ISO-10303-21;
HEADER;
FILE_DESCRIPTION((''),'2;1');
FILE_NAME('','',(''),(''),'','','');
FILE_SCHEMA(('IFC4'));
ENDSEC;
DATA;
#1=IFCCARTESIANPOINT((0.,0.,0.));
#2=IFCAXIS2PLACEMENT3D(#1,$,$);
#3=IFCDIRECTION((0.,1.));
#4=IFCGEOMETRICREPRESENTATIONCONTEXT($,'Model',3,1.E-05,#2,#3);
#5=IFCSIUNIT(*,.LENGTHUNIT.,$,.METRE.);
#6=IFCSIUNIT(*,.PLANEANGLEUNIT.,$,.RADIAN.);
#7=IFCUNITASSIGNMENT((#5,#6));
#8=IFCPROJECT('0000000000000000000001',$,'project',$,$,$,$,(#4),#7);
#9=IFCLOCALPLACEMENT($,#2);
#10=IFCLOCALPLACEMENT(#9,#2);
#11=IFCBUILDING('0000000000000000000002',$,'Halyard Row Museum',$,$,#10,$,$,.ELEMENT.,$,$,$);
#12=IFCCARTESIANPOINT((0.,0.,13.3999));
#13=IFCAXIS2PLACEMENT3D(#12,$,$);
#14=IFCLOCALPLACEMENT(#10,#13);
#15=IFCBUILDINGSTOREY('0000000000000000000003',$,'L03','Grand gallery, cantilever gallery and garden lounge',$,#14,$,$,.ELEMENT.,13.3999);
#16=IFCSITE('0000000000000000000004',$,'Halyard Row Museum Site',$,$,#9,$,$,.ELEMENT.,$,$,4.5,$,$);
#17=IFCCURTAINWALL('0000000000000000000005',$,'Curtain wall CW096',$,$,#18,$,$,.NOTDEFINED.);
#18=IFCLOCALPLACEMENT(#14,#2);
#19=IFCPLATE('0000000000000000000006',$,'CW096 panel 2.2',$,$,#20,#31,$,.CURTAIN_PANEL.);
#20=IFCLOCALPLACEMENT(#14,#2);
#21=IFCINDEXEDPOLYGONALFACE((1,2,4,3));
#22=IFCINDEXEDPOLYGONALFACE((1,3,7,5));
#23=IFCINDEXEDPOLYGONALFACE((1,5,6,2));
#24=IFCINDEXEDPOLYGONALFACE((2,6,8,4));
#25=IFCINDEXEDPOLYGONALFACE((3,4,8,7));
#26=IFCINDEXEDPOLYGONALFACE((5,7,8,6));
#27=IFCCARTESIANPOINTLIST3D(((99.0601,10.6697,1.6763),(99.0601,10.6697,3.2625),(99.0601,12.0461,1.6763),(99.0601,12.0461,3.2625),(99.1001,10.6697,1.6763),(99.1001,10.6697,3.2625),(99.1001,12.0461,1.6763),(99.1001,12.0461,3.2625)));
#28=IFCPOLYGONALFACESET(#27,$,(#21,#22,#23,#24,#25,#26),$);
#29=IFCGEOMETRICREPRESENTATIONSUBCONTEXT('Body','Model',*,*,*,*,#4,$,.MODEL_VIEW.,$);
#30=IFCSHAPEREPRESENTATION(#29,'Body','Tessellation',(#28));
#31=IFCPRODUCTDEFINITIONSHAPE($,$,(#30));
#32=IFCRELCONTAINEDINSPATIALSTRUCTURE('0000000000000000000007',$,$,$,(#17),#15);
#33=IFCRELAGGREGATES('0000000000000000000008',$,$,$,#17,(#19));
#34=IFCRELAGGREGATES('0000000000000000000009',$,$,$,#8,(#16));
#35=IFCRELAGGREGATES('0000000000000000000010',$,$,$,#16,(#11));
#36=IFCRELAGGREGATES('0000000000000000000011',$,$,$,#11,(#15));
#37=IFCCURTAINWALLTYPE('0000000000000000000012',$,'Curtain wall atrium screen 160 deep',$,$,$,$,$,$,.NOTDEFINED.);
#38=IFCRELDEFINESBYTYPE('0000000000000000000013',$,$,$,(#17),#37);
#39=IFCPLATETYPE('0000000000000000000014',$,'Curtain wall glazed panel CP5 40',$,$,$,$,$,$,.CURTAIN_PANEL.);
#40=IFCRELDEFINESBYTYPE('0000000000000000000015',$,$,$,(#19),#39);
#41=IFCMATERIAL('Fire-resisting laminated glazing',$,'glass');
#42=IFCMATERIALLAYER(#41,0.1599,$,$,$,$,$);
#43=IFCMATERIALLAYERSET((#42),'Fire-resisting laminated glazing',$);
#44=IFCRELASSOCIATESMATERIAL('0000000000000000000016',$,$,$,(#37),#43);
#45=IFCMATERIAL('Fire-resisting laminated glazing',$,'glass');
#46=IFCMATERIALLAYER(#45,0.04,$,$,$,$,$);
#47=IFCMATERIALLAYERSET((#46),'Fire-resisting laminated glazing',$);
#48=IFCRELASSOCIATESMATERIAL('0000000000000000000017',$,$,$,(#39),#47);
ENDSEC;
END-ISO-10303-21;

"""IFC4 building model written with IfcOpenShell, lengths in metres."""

from ifc_helpers import new_model, si_unit, direction, frame, origin, origin_2d, place, context, subcontext, project, spatial, rectangle, extrude, material, layer, layer_set, type_object, element, aggregate, save


model = new_model("IFC4")

# Units and contexts
model_context = context("Model", 3, precision=1e-05, world=origin(), true_north=direction((0.0, 1.0)))
body_context = subcontext(model_context, "Body", "Model", "MODEL_VIEW")
ifc_project = project(units=[si_unit("LENGTHUNIT", "METRE"), si_unit("PLANEANGLEUNIT", "RADIAN")], contexts=[model_context])

# Site, building, storey
site_placement = place(None, origin())
site = spatial("IfcSite", under=ifc_project, at=site_placement, Name="Halyard Row Museum Site", CompositionType="ELEMENT", RefElevation=4.5)
building_placement = place(site_placement, origin())
building = spatial("IfcBuilding", under=site, at=building_placement, Name="Halyard Row Museum", CompositionType="ELEMENT")
storey_placement = place(building_placement, frame((0.0, 0.0, 13.3999)))
storey = spatial("IfcBuildingStorey", under=building, at=storey_placement, Name="L03", Description="Grand gallery, cantilever gallery and garden lounge", CompositionType="ELEMENT", Elevation=13.3999)

# Curtain wall
ifc_material_1 = material(Name="Fire-resisting laminated glazing", Category="glass")
ifc_layer_1 = layer(ifc_material_1, 0.1599)
ifc_layer_set_1 = layer_set([ifc_layer_1], Name="Fire-resisting laminated glazing")
curtain_wall_type = type_object("IfcCurtainWallType", Name="Curtain wall atrium screen 160 deep", PredefinedType="NOTDEFINED", material=ifc_layer_set_1)
curtain_wall_1_placement = place(storey_placement, origin())
curtain_wall_1 = element("IfcCurtainWall", 1, at=curtain_wall_1_placement, inside=storey, type_object=curtain_wall_type, Name="Curtain wall CW096", PredefinedType="NOTDEFINED")

# Plate
ifc_material_2 = material(Name="Fire-resisting laminated glazing", Category="glass")
ifc_layer_2 = layer(ifc_material_2, 0.04)
ifc_layer_set_2 = layer_set([ifc_layer_2], Name="Fire-resisting laminated glazing")
plate_type = type_object("IfcPlateType", Name="Curtain wall glazed panel CP5 40", PredefinedType="CURTAIN_PANEL", material=ifc_layer_set_2)
plate_1_placement = place(storey_placement, frame((99.0801, 11.3579, 1.6763), z_axis=(0.0, 0.0, 1.0), x_axis=(0.0, 1.0, 0.0)))
plate_1 = element("IfcPlate", 2, at=plate_1_placement, type_object=plate_type, Name="CW096 panel 2.2", PredefinedType="CURTAIN_PANEL", context=body_context, shape_type="SweptSolid", body=[
    extrude(rectangle(XDim=1.3765, YDim=0.04, at=origin_2d()), origin(), (0.0, 0.0, 1.0), 1.5862),
])
aggregate(curtain_wall_1, [plate_1])

save(model, "model.ifc")
